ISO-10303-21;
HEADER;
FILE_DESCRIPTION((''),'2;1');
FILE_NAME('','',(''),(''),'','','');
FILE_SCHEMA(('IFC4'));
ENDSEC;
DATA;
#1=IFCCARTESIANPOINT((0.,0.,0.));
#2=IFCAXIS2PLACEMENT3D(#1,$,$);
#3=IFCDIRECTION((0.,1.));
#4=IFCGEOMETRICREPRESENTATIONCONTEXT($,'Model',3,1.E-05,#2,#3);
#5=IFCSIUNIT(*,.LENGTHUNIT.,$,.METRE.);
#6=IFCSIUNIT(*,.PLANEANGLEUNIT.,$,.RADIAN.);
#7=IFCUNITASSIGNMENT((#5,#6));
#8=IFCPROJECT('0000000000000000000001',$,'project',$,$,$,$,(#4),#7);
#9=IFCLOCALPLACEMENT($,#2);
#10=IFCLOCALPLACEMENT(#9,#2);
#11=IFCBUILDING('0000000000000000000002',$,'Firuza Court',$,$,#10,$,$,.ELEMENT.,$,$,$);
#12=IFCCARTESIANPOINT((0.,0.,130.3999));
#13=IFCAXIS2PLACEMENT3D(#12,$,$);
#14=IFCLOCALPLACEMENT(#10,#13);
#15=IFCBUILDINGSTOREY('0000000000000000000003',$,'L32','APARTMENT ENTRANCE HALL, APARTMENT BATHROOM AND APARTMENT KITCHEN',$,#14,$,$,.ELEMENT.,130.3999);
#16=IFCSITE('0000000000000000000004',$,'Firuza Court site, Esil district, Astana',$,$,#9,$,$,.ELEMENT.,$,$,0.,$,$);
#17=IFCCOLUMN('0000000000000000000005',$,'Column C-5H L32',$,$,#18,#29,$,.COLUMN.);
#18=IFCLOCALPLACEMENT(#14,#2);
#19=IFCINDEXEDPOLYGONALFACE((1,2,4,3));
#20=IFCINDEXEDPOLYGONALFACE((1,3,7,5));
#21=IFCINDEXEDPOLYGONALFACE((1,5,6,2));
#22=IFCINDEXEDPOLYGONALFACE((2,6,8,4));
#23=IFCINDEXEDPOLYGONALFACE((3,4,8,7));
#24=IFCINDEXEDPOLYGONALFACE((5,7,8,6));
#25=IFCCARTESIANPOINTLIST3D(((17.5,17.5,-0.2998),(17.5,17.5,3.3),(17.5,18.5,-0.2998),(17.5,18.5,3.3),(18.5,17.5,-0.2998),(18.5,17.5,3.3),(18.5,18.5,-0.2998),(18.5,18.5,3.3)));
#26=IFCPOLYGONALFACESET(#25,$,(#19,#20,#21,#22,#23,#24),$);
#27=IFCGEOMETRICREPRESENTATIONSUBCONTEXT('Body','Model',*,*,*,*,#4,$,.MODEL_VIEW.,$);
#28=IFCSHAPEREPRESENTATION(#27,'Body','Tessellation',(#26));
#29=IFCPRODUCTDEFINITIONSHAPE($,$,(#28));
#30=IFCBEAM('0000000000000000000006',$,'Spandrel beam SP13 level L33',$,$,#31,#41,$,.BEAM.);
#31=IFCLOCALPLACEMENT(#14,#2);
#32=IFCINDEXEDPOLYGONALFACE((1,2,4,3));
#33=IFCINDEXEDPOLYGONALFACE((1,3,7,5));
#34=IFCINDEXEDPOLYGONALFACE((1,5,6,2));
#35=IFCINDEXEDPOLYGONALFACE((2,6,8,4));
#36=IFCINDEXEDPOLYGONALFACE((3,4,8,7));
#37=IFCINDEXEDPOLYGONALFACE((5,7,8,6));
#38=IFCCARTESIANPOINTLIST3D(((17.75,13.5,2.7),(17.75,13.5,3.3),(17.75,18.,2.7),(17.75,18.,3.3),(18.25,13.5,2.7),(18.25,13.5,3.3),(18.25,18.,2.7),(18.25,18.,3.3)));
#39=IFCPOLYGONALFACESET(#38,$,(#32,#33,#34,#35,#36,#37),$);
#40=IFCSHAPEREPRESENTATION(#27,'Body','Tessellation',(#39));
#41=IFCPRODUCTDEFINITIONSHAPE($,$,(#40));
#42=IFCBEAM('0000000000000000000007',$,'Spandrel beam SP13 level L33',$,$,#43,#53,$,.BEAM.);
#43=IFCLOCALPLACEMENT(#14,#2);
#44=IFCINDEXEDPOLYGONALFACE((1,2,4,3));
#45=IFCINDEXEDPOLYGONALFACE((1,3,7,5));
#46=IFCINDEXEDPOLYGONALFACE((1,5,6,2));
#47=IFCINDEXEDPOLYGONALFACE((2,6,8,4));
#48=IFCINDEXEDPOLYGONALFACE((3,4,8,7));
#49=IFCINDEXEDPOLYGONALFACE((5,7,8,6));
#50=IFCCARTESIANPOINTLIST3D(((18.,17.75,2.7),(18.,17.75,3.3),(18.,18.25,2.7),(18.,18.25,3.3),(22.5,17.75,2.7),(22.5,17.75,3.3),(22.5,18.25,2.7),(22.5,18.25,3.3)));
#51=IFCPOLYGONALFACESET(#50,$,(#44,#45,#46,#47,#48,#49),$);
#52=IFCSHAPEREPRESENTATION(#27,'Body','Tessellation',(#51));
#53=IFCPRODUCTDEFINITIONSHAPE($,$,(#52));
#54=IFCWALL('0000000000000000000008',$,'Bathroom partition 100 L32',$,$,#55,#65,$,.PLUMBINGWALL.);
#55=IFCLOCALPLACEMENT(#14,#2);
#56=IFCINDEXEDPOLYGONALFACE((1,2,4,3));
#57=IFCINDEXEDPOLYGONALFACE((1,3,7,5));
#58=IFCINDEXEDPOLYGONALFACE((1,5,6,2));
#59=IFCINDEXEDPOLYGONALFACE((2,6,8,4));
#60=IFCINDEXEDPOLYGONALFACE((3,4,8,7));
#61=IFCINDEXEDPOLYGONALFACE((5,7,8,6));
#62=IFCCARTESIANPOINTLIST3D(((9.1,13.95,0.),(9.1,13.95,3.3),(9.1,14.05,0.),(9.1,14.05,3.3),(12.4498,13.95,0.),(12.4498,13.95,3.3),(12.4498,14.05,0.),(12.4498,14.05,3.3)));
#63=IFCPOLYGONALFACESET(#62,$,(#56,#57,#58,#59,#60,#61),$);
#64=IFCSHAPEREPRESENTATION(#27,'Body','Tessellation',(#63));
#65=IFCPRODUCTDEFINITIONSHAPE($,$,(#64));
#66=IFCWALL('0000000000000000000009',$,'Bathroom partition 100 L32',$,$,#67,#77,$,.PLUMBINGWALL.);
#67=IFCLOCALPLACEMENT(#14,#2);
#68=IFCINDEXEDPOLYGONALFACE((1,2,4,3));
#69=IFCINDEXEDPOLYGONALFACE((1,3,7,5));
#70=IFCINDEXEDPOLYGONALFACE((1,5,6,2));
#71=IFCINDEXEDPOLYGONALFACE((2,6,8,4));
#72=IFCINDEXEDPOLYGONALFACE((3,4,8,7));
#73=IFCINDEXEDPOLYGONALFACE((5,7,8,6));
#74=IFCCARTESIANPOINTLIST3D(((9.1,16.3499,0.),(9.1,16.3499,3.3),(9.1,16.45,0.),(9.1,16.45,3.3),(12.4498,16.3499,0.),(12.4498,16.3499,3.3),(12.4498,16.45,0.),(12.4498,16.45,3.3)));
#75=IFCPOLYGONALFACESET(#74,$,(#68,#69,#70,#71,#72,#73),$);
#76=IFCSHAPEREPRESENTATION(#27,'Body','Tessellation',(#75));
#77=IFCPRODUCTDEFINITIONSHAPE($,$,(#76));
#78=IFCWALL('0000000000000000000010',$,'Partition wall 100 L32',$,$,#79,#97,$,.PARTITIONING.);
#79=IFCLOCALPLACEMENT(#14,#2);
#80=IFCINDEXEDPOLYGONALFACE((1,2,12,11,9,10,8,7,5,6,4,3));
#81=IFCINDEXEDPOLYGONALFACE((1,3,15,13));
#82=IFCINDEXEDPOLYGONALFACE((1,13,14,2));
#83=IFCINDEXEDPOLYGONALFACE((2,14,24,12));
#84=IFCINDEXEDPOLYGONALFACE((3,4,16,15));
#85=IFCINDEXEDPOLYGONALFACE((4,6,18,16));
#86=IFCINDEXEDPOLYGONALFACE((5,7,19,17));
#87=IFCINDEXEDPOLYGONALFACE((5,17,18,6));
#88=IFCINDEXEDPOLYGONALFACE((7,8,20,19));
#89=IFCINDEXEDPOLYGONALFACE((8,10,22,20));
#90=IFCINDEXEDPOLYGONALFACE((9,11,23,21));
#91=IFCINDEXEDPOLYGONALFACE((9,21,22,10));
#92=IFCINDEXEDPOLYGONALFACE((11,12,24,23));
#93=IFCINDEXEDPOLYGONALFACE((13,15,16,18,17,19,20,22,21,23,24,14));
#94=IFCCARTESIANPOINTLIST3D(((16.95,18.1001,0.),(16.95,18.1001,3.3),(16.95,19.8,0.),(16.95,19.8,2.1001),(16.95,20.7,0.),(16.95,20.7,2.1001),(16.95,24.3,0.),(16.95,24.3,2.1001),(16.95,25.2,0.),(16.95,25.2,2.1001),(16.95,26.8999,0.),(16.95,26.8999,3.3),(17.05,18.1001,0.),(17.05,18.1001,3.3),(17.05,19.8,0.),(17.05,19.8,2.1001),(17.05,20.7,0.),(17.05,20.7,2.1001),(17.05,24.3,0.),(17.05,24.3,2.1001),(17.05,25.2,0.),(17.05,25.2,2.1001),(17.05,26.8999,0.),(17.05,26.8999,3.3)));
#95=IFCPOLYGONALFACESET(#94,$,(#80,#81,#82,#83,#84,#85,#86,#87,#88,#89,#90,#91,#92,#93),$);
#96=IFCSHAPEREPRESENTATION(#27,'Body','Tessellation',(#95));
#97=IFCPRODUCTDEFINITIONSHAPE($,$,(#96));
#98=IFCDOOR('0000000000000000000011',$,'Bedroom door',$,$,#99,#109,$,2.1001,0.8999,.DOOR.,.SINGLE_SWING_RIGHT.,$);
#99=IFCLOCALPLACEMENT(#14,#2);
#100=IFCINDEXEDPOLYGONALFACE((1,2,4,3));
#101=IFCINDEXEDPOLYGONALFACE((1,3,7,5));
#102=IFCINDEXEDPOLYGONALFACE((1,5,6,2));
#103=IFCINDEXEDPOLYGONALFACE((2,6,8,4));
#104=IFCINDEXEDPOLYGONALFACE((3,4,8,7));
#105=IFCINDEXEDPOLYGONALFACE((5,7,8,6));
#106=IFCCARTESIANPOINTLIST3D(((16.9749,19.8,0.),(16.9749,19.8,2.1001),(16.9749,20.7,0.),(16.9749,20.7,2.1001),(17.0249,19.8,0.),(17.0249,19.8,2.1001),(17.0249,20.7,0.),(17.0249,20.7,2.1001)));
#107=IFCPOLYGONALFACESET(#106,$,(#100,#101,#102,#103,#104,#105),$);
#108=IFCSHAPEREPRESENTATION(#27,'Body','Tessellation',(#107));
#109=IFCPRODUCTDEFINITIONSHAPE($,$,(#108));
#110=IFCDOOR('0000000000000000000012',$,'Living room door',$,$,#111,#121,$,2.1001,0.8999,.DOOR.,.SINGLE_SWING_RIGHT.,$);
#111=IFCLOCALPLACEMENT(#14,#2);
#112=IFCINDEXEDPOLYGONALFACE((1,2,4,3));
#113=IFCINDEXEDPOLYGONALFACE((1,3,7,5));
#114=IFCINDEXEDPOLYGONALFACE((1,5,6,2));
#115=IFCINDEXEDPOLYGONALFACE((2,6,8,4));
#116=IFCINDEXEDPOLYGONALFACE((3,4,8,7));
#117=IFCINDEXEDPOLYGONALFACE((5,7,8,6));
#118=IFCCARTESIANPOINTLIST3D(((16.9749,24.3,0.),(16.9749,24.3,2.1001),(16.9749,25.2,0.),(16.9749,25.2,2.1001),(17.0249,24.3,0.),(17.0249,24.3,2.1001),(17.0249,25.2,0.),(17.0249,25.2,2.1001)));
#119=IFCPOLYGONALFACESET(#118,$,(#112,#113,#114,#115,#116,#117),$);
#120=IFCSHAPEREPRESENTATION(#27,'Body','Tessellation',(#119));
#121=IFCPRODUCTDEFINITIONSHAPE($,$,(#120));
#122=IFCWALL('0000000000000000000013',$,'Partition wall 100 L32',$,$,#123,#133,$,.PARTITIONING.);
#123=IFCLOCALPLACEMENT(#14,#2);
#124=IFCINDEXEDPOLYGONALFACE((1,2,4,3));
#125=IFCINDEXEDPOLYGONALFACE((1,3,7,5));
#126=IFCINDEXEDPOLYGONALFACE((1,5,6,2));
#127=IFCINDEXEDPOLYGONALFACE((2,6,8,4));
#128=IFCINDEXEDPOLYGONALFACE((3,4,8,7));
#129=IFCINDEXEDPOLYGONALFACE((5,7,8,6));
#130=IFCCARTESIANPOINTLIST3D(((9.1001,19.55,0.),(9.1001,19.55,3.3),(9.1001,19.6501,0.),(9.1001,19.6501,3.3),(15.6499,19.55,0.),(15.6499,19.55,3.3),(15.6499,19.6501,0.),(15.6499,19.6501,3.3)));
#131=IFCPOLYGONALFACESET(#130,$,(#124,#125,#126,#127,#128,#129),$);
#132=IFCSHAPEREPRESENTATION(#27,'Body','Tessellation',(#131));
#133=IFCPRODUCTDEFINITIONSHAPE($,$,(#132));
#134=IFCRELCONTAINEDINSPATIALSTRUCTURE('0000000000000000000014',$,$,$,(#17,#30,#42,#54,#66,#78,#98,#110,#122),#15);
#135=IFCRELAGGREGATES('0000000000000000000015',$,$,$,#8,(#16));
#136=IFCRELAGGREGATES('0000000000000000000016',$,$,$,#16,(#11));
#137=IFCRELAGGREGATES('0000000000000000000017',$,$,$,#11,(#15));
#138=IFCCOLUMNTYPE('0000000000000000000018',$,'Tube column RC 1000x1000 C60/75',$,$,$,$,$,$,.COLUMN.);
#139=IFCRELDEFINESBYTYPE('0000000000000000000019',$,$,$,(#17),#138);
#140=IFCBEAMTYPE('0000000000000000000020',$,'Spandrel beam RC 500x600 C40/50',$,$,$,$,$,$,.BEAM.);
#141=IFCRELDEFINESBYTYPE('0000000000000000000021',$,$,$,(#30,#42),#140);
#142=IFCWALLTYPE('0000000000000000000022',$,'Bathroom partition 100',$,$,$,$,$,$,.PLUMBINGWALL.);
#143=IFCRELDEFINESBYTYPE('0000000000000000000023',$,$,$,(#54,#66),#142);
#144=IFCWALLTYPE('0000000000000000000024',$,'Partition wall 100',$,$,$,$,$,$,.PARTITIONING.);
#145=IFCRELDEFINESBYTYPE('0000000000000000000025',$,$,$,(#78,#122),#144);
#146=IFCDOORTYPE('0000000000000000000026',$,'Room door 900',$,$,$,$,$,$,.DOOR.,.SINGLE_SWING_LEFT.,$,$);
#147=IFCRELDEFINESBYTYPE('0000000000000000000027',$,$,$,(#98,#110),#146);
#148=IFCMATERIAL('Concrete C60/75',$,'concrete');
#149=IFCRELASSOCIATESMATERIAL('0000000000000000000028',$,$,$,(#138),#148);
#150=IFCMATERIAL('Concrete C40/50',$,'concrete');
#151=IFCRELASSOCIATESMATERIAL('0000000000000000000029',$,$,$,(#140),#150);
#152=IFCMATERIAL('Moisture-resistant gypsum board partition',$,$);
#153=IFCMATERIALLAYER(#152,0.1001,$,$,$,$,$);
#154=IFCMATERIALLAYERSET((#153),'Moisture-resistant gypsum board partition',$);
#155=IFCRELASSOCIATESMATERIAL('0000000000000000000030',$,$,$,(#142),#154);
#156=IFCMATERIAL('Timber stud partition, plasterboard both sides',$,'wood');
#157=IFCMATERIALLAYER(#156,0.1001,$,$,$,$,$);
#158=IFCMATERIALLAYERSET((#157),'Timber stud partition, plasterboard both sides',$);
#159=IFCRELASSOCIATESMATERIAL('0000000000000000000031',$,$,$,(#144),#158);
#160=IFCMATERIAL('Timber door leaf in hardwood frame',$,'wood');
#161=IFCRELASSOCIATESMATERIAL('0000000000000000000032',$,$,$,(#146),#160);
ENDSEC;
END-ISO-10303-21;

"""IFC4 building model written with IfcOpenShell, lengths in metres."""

from ifc_helpers import new_model, si_unit, direction, frame, frame_2d, origin, origin_2d, place, context, subcontext, project, spatial, rectangle, extrude, material, layer, layer_set, material_profile, profile_set, type_object, element, fill, save


model = new_model("IFC4")

# Units and contexts
model_context = context("Model", 3, precision=1e-05, world=origin(), true_north=direction((0.0, 1.0)))
body_context = subcontext(model_context, "Body", "Model", "MODEL_VIEW")
ifc_project = project(units=[si_unit("LENGTHUNIT", "METRE"), si_unit("PLANEANGLEUNIT", "RADIAN")], contexts=[model_context])

# Site, building, storey
site_placement = place(None, origin())
site = spatial("IfcSite", under=ifc_project, at=site_placement, Name="Firuza Court site, Esil district, Astana", CompositionType="ELEMENT", RefElevation=0.0)
building_placement = place(site_placement, origin())
building = spatial("IfcBuilding", under=site, at=building_placement, Name="Firuza Court", CompositionType="ELEMENT")
storey_placement = place(building_placement, frame((0.0, 0.0, 130.3999)))
storey = spatial("IfcBuildingStorey", under=building, at=storey_placement, Name="L32", Description="APARTMENT ENTRANCE HALL, APARTMENT BATHROOM AND APARTMENT KITCHEN", CompositionType="ELEMENT", Elevation=130.3999)

# Column
ifc_material_1 = material(Name="Concrete C60/75", Category="concrete")
ifc_material_profile_1 = material_profile(ifc_material_1, rectangle(XDim=1.0, YDim=1.0, at=origin_2d()), Name="RC 1000x1000")
ifc_profile_set_1 = profile_set([ifc_material_profile_1], Name="Concrete C60/75")
column_type = type_object("IfcColumnType", Name="Tube column RC 1000x1000 C60/75", PredefinedType="COLUMN", material=ifc_profile_set_1)
column_placement = place(storey_placement, frame((18.0, 18.0, -0.2998), z_axis=(0.0, 0.0, 1.0), x_axis=(1.0, 0.0, 0.0)))
element("IfcColumn", 1, at=column_placement, inside=storey, type_object=column_type, Name="Column C-5H L32", PredefinedType="COLUMN", context=body_context, shape_type="SweptSolid", body=[
    extrude(rectangle(XDim=1.0, YDim=1.0, at=origin_2d()), origin(), (0.0, 0.0, 1.0), 3.5999),
])

# Beams
ifc_material_2 = material(Name="Concrete C40/50", Category="concrete")
ifc_material_profile_2 = material_profile(ifc_material_2, rectangle(XDim=0.5, YDim=0.6001, at=origin_2d()), Name="RC 500x600")
ifc_profile_set_2 = profile_set([ifc_material_profile_2], Name="Concrete C40/50")
beam_type = type_object("IfcBeamType", Name="Spandrel beam RC 500x600 C40/50", PredefinedType="BEAM", material=ifc_profile_set_2)
for number, where, z_axis, x_axis, name in (
    (2, (18.0, 13.5, 3.0), (0.0, 1.0, 0.0), (-1.0, 0.0, 0.0), "Spandrel beam SP13 level L33"),
    (3, (18.0, 18.0, 3.0), (1.0, 0.0, 0.0), (0.0, 1.0, 0.0), "Spandrel beam SP13 level L33"),
):
    element("IfcBeam", number, at=place(storey_placement, frame(where, z_axis=z_axis, x_axis=x_axis)), inside=storey, type_object=beam_type, Name=name, PredefinedType="BEAM", context=body_context, shape_type="SweptSolid", body=[
        extrude(rectangle(XDim=0.5, YDim=0.6001, at=origin_2d()), origin(), (0.0, 0.0, 1.0), 4.5),
    ])

# Walls
ifc_material_3 = material(Name="Moisture-resistant gypsum board partition")
ifc_layer_1 = layer(ifc_material_3, 0.1001)
ifc_layer_set_1 = layer_set([ifc_layer_1], Name="Moisture-resistant gypsum board partition")
wall_type_1 = type_object("IfcWallType", Name="Bathroom partition 100", PredefinedType="PLUMBINGWALL", material=ifc_layer_set_1)
for number, where, z_axis, x_axis, name in (
    (4, (9.1001, 14.0, 0.0), (0.0, 0.0, 1.0), (1.0, 0.0, 0.0), "Bathroom partition 100 L32"),
    (5, (9.1001, 16.3999, 0.0), (0.0, 0.0, 1.0), (1.0, 0.0, 0.0), "Bathroom partition 100 L32"),
):
    element("IfcWall", number, at=place(storey_placement, frame(where, z_axis=z_axis, x_axis=x_axis)), inside=storey, type_object=wall_type_1, Name=name, PredefinedType="PLUMBINGWALL", context=body_context, shape_type="SweptSolid", body=[
        extrude(rectangle(XDim=3.3499, YDim=0.1001, at=frame_2d((1.6748, 0.0))), origin(), (0.0, 0.0, 1.0), 3.3),
    ])

# Wall, openings, doors
ifc_material_4 = material(Name="Timber stud partition, plasterboard both sides", Category="wood")
ifc_layer_2 = layer(ifc_material_4, 0.1001)
ifc_layer_set_2 = layer_set([ifc_layer_2], Name="Timber stud partition, plasterboard both sides")
wall_type_2 = type_object("IfcWallType", Name="Partition wall 100", PredefinedType="PARTITIONING", material=ifc_layer_set_2)
wall_1_placement = place(storey_placement, frame((17.0, 18.1001, 0.0), z_axis=(0.0, 0.0, 1.0), x_axis=(0.0, 1.0, 0.0)))
wall_1 = element("IfcWall", 6, at=wall_1_placement, inside=storey, type_object=wall_type_2, Name="Partition wall 100 L32", PredefinedType="PARTITIONING", context=body_context, shape_type="SweptSolid", body=[
    extrude(rectangle(XDim=8.7998, YDim=0.1001, at=frame_2d((4.3999, 0.0))), origin(), (0.0, 0.0, 1.0), 3.3),
])
opening_1_placement = place(wall_1_placement, frame((1.7, 0.0, 0.0)))
opening_1 = element("IfcOpeningElement", 7, at=opening_1_placement, cuts=wall_1, PredefinedType="OPENING", context=body_context, shape_type="SweptSolid", body=[
    extrude(rectangle(XDim=0.8999, YDim=2.1001, at=frame_2d((0.45, 1.05))), frame((0.0, 0.062, 0.0), z_axis=(0.0, -1.0, 0.0), x_axis=(1.0, 0.0, 0.0)), (0.0, 0.0, 1.0), 0.124),
])
opening_2_placement = place(wall_1_placement, frame((6.2, 0.0, 0.0)))
opening_2 = element("IfcOpeningElement", 8, at=opening_2_placement, cuts=wall_1, PredefinedType="OPENING", context=body_context, shape_type="SweptSolid", body=[
    extrude(rectangle(XDim=0.8999, YDim=2.1001, at=frame_2d((0.45, 1.05))), frame((0.0, 0.062, 0.0), z_axis=(0.0, -1.0, 0.0), x_axis=(1.0, 0.0, 0.0)), (0.0, 0.0, 1.0), 0.124),
])
ifc_material_5 = material(Name="Timber door leaf in hardwood frame", Category="wood")
door_type_1 = type_object("IfcDoorType", Name="Room door 900", OperationType="SINGLE_SWING_LEFT", PredefinedType="DOOR", material=ifc_material_5)
door_1_placement = place(opening_1_placement, frame((0.8999, 0.0, 0.0), z_axis=(0.0, 0.0, 1.0), x_axis=(-1.0, 0.0, 0.0)))
door_1 = element("IfcDoor", 9, at=door_1_placement, inside=storey, type_object=door_type_1, Name="Bedroom door", OperationType="SINGLE_SWING_RIGHT", OverallHeight=2.1001, OverallWidth=0.8999, PredefinedType="DOOR", context=body_context, shape_type="SweptSolid", body=[
    extrude(rectangle(XDim=0.8999, YDim=2.1001, at=frame_2d((0.45, 1.05))), frame((0.0, 0.0249, 0.0), z_axis=(0.0, -1.0, 0.0), x_axis=(1.0, 0.0, 0.0)), (0.0, 0.0, 1.0), 0.05),
])
fill(opening_1, door_1)
door_2_placement = place(opening_2_placement, frame((0.8999, 0.0, 0.0), z_axis=(0.0, 0.0, 1.0), x_axis=(-1.0, 0.0, 0.0)))
door_2 = element("IfcDoor", 10, at=door_2_placement, inside=storey, type_object=door_type_1, Name="Living room door", OperationType="SINGLE_SWING_RIGHT", OverallHeight=2.1001, OverallWidth=0.8999, PredefinedType="DOOR", context=body_context, shape_type="SweptSolid", body=[
    extrude(rectangle(XDim=0.8999, YDim=2.1001, at=frame_2d((0.45, 1.05))), frame((0.0, 0.0249, 0.0), z_axis=(0.0, -1.0, 0.0), x_axis=(1.0, 0.0, 0.0)), (0.0, 0.0, 1.0), 0.05),
])
fill(opening_2, door_2)

# Wall
wall_2_placement = place(storey_placement, frame((9.1001, 19.6001, 0.0), z_axis=(0.0, 0.0, 1.0), x_axis=(1.0, 0.0, 0.0)))
element("IfcWall", 11, at=wall_2_placement, inside=storey, type_object=wall_type_2, Name="Partition wall 100 L32", PredefinedType="PARTITIONING", context=body_context, shape_type="SweptSolid", body=[
    extrude(rectangle(XDim=6.5498, YDim=0.1001, at=frame_2d((3.2749, 0.0))), origin(), (0.0, 0.0, 1.0), 3.3),
])

save(model, "model.ifc")
